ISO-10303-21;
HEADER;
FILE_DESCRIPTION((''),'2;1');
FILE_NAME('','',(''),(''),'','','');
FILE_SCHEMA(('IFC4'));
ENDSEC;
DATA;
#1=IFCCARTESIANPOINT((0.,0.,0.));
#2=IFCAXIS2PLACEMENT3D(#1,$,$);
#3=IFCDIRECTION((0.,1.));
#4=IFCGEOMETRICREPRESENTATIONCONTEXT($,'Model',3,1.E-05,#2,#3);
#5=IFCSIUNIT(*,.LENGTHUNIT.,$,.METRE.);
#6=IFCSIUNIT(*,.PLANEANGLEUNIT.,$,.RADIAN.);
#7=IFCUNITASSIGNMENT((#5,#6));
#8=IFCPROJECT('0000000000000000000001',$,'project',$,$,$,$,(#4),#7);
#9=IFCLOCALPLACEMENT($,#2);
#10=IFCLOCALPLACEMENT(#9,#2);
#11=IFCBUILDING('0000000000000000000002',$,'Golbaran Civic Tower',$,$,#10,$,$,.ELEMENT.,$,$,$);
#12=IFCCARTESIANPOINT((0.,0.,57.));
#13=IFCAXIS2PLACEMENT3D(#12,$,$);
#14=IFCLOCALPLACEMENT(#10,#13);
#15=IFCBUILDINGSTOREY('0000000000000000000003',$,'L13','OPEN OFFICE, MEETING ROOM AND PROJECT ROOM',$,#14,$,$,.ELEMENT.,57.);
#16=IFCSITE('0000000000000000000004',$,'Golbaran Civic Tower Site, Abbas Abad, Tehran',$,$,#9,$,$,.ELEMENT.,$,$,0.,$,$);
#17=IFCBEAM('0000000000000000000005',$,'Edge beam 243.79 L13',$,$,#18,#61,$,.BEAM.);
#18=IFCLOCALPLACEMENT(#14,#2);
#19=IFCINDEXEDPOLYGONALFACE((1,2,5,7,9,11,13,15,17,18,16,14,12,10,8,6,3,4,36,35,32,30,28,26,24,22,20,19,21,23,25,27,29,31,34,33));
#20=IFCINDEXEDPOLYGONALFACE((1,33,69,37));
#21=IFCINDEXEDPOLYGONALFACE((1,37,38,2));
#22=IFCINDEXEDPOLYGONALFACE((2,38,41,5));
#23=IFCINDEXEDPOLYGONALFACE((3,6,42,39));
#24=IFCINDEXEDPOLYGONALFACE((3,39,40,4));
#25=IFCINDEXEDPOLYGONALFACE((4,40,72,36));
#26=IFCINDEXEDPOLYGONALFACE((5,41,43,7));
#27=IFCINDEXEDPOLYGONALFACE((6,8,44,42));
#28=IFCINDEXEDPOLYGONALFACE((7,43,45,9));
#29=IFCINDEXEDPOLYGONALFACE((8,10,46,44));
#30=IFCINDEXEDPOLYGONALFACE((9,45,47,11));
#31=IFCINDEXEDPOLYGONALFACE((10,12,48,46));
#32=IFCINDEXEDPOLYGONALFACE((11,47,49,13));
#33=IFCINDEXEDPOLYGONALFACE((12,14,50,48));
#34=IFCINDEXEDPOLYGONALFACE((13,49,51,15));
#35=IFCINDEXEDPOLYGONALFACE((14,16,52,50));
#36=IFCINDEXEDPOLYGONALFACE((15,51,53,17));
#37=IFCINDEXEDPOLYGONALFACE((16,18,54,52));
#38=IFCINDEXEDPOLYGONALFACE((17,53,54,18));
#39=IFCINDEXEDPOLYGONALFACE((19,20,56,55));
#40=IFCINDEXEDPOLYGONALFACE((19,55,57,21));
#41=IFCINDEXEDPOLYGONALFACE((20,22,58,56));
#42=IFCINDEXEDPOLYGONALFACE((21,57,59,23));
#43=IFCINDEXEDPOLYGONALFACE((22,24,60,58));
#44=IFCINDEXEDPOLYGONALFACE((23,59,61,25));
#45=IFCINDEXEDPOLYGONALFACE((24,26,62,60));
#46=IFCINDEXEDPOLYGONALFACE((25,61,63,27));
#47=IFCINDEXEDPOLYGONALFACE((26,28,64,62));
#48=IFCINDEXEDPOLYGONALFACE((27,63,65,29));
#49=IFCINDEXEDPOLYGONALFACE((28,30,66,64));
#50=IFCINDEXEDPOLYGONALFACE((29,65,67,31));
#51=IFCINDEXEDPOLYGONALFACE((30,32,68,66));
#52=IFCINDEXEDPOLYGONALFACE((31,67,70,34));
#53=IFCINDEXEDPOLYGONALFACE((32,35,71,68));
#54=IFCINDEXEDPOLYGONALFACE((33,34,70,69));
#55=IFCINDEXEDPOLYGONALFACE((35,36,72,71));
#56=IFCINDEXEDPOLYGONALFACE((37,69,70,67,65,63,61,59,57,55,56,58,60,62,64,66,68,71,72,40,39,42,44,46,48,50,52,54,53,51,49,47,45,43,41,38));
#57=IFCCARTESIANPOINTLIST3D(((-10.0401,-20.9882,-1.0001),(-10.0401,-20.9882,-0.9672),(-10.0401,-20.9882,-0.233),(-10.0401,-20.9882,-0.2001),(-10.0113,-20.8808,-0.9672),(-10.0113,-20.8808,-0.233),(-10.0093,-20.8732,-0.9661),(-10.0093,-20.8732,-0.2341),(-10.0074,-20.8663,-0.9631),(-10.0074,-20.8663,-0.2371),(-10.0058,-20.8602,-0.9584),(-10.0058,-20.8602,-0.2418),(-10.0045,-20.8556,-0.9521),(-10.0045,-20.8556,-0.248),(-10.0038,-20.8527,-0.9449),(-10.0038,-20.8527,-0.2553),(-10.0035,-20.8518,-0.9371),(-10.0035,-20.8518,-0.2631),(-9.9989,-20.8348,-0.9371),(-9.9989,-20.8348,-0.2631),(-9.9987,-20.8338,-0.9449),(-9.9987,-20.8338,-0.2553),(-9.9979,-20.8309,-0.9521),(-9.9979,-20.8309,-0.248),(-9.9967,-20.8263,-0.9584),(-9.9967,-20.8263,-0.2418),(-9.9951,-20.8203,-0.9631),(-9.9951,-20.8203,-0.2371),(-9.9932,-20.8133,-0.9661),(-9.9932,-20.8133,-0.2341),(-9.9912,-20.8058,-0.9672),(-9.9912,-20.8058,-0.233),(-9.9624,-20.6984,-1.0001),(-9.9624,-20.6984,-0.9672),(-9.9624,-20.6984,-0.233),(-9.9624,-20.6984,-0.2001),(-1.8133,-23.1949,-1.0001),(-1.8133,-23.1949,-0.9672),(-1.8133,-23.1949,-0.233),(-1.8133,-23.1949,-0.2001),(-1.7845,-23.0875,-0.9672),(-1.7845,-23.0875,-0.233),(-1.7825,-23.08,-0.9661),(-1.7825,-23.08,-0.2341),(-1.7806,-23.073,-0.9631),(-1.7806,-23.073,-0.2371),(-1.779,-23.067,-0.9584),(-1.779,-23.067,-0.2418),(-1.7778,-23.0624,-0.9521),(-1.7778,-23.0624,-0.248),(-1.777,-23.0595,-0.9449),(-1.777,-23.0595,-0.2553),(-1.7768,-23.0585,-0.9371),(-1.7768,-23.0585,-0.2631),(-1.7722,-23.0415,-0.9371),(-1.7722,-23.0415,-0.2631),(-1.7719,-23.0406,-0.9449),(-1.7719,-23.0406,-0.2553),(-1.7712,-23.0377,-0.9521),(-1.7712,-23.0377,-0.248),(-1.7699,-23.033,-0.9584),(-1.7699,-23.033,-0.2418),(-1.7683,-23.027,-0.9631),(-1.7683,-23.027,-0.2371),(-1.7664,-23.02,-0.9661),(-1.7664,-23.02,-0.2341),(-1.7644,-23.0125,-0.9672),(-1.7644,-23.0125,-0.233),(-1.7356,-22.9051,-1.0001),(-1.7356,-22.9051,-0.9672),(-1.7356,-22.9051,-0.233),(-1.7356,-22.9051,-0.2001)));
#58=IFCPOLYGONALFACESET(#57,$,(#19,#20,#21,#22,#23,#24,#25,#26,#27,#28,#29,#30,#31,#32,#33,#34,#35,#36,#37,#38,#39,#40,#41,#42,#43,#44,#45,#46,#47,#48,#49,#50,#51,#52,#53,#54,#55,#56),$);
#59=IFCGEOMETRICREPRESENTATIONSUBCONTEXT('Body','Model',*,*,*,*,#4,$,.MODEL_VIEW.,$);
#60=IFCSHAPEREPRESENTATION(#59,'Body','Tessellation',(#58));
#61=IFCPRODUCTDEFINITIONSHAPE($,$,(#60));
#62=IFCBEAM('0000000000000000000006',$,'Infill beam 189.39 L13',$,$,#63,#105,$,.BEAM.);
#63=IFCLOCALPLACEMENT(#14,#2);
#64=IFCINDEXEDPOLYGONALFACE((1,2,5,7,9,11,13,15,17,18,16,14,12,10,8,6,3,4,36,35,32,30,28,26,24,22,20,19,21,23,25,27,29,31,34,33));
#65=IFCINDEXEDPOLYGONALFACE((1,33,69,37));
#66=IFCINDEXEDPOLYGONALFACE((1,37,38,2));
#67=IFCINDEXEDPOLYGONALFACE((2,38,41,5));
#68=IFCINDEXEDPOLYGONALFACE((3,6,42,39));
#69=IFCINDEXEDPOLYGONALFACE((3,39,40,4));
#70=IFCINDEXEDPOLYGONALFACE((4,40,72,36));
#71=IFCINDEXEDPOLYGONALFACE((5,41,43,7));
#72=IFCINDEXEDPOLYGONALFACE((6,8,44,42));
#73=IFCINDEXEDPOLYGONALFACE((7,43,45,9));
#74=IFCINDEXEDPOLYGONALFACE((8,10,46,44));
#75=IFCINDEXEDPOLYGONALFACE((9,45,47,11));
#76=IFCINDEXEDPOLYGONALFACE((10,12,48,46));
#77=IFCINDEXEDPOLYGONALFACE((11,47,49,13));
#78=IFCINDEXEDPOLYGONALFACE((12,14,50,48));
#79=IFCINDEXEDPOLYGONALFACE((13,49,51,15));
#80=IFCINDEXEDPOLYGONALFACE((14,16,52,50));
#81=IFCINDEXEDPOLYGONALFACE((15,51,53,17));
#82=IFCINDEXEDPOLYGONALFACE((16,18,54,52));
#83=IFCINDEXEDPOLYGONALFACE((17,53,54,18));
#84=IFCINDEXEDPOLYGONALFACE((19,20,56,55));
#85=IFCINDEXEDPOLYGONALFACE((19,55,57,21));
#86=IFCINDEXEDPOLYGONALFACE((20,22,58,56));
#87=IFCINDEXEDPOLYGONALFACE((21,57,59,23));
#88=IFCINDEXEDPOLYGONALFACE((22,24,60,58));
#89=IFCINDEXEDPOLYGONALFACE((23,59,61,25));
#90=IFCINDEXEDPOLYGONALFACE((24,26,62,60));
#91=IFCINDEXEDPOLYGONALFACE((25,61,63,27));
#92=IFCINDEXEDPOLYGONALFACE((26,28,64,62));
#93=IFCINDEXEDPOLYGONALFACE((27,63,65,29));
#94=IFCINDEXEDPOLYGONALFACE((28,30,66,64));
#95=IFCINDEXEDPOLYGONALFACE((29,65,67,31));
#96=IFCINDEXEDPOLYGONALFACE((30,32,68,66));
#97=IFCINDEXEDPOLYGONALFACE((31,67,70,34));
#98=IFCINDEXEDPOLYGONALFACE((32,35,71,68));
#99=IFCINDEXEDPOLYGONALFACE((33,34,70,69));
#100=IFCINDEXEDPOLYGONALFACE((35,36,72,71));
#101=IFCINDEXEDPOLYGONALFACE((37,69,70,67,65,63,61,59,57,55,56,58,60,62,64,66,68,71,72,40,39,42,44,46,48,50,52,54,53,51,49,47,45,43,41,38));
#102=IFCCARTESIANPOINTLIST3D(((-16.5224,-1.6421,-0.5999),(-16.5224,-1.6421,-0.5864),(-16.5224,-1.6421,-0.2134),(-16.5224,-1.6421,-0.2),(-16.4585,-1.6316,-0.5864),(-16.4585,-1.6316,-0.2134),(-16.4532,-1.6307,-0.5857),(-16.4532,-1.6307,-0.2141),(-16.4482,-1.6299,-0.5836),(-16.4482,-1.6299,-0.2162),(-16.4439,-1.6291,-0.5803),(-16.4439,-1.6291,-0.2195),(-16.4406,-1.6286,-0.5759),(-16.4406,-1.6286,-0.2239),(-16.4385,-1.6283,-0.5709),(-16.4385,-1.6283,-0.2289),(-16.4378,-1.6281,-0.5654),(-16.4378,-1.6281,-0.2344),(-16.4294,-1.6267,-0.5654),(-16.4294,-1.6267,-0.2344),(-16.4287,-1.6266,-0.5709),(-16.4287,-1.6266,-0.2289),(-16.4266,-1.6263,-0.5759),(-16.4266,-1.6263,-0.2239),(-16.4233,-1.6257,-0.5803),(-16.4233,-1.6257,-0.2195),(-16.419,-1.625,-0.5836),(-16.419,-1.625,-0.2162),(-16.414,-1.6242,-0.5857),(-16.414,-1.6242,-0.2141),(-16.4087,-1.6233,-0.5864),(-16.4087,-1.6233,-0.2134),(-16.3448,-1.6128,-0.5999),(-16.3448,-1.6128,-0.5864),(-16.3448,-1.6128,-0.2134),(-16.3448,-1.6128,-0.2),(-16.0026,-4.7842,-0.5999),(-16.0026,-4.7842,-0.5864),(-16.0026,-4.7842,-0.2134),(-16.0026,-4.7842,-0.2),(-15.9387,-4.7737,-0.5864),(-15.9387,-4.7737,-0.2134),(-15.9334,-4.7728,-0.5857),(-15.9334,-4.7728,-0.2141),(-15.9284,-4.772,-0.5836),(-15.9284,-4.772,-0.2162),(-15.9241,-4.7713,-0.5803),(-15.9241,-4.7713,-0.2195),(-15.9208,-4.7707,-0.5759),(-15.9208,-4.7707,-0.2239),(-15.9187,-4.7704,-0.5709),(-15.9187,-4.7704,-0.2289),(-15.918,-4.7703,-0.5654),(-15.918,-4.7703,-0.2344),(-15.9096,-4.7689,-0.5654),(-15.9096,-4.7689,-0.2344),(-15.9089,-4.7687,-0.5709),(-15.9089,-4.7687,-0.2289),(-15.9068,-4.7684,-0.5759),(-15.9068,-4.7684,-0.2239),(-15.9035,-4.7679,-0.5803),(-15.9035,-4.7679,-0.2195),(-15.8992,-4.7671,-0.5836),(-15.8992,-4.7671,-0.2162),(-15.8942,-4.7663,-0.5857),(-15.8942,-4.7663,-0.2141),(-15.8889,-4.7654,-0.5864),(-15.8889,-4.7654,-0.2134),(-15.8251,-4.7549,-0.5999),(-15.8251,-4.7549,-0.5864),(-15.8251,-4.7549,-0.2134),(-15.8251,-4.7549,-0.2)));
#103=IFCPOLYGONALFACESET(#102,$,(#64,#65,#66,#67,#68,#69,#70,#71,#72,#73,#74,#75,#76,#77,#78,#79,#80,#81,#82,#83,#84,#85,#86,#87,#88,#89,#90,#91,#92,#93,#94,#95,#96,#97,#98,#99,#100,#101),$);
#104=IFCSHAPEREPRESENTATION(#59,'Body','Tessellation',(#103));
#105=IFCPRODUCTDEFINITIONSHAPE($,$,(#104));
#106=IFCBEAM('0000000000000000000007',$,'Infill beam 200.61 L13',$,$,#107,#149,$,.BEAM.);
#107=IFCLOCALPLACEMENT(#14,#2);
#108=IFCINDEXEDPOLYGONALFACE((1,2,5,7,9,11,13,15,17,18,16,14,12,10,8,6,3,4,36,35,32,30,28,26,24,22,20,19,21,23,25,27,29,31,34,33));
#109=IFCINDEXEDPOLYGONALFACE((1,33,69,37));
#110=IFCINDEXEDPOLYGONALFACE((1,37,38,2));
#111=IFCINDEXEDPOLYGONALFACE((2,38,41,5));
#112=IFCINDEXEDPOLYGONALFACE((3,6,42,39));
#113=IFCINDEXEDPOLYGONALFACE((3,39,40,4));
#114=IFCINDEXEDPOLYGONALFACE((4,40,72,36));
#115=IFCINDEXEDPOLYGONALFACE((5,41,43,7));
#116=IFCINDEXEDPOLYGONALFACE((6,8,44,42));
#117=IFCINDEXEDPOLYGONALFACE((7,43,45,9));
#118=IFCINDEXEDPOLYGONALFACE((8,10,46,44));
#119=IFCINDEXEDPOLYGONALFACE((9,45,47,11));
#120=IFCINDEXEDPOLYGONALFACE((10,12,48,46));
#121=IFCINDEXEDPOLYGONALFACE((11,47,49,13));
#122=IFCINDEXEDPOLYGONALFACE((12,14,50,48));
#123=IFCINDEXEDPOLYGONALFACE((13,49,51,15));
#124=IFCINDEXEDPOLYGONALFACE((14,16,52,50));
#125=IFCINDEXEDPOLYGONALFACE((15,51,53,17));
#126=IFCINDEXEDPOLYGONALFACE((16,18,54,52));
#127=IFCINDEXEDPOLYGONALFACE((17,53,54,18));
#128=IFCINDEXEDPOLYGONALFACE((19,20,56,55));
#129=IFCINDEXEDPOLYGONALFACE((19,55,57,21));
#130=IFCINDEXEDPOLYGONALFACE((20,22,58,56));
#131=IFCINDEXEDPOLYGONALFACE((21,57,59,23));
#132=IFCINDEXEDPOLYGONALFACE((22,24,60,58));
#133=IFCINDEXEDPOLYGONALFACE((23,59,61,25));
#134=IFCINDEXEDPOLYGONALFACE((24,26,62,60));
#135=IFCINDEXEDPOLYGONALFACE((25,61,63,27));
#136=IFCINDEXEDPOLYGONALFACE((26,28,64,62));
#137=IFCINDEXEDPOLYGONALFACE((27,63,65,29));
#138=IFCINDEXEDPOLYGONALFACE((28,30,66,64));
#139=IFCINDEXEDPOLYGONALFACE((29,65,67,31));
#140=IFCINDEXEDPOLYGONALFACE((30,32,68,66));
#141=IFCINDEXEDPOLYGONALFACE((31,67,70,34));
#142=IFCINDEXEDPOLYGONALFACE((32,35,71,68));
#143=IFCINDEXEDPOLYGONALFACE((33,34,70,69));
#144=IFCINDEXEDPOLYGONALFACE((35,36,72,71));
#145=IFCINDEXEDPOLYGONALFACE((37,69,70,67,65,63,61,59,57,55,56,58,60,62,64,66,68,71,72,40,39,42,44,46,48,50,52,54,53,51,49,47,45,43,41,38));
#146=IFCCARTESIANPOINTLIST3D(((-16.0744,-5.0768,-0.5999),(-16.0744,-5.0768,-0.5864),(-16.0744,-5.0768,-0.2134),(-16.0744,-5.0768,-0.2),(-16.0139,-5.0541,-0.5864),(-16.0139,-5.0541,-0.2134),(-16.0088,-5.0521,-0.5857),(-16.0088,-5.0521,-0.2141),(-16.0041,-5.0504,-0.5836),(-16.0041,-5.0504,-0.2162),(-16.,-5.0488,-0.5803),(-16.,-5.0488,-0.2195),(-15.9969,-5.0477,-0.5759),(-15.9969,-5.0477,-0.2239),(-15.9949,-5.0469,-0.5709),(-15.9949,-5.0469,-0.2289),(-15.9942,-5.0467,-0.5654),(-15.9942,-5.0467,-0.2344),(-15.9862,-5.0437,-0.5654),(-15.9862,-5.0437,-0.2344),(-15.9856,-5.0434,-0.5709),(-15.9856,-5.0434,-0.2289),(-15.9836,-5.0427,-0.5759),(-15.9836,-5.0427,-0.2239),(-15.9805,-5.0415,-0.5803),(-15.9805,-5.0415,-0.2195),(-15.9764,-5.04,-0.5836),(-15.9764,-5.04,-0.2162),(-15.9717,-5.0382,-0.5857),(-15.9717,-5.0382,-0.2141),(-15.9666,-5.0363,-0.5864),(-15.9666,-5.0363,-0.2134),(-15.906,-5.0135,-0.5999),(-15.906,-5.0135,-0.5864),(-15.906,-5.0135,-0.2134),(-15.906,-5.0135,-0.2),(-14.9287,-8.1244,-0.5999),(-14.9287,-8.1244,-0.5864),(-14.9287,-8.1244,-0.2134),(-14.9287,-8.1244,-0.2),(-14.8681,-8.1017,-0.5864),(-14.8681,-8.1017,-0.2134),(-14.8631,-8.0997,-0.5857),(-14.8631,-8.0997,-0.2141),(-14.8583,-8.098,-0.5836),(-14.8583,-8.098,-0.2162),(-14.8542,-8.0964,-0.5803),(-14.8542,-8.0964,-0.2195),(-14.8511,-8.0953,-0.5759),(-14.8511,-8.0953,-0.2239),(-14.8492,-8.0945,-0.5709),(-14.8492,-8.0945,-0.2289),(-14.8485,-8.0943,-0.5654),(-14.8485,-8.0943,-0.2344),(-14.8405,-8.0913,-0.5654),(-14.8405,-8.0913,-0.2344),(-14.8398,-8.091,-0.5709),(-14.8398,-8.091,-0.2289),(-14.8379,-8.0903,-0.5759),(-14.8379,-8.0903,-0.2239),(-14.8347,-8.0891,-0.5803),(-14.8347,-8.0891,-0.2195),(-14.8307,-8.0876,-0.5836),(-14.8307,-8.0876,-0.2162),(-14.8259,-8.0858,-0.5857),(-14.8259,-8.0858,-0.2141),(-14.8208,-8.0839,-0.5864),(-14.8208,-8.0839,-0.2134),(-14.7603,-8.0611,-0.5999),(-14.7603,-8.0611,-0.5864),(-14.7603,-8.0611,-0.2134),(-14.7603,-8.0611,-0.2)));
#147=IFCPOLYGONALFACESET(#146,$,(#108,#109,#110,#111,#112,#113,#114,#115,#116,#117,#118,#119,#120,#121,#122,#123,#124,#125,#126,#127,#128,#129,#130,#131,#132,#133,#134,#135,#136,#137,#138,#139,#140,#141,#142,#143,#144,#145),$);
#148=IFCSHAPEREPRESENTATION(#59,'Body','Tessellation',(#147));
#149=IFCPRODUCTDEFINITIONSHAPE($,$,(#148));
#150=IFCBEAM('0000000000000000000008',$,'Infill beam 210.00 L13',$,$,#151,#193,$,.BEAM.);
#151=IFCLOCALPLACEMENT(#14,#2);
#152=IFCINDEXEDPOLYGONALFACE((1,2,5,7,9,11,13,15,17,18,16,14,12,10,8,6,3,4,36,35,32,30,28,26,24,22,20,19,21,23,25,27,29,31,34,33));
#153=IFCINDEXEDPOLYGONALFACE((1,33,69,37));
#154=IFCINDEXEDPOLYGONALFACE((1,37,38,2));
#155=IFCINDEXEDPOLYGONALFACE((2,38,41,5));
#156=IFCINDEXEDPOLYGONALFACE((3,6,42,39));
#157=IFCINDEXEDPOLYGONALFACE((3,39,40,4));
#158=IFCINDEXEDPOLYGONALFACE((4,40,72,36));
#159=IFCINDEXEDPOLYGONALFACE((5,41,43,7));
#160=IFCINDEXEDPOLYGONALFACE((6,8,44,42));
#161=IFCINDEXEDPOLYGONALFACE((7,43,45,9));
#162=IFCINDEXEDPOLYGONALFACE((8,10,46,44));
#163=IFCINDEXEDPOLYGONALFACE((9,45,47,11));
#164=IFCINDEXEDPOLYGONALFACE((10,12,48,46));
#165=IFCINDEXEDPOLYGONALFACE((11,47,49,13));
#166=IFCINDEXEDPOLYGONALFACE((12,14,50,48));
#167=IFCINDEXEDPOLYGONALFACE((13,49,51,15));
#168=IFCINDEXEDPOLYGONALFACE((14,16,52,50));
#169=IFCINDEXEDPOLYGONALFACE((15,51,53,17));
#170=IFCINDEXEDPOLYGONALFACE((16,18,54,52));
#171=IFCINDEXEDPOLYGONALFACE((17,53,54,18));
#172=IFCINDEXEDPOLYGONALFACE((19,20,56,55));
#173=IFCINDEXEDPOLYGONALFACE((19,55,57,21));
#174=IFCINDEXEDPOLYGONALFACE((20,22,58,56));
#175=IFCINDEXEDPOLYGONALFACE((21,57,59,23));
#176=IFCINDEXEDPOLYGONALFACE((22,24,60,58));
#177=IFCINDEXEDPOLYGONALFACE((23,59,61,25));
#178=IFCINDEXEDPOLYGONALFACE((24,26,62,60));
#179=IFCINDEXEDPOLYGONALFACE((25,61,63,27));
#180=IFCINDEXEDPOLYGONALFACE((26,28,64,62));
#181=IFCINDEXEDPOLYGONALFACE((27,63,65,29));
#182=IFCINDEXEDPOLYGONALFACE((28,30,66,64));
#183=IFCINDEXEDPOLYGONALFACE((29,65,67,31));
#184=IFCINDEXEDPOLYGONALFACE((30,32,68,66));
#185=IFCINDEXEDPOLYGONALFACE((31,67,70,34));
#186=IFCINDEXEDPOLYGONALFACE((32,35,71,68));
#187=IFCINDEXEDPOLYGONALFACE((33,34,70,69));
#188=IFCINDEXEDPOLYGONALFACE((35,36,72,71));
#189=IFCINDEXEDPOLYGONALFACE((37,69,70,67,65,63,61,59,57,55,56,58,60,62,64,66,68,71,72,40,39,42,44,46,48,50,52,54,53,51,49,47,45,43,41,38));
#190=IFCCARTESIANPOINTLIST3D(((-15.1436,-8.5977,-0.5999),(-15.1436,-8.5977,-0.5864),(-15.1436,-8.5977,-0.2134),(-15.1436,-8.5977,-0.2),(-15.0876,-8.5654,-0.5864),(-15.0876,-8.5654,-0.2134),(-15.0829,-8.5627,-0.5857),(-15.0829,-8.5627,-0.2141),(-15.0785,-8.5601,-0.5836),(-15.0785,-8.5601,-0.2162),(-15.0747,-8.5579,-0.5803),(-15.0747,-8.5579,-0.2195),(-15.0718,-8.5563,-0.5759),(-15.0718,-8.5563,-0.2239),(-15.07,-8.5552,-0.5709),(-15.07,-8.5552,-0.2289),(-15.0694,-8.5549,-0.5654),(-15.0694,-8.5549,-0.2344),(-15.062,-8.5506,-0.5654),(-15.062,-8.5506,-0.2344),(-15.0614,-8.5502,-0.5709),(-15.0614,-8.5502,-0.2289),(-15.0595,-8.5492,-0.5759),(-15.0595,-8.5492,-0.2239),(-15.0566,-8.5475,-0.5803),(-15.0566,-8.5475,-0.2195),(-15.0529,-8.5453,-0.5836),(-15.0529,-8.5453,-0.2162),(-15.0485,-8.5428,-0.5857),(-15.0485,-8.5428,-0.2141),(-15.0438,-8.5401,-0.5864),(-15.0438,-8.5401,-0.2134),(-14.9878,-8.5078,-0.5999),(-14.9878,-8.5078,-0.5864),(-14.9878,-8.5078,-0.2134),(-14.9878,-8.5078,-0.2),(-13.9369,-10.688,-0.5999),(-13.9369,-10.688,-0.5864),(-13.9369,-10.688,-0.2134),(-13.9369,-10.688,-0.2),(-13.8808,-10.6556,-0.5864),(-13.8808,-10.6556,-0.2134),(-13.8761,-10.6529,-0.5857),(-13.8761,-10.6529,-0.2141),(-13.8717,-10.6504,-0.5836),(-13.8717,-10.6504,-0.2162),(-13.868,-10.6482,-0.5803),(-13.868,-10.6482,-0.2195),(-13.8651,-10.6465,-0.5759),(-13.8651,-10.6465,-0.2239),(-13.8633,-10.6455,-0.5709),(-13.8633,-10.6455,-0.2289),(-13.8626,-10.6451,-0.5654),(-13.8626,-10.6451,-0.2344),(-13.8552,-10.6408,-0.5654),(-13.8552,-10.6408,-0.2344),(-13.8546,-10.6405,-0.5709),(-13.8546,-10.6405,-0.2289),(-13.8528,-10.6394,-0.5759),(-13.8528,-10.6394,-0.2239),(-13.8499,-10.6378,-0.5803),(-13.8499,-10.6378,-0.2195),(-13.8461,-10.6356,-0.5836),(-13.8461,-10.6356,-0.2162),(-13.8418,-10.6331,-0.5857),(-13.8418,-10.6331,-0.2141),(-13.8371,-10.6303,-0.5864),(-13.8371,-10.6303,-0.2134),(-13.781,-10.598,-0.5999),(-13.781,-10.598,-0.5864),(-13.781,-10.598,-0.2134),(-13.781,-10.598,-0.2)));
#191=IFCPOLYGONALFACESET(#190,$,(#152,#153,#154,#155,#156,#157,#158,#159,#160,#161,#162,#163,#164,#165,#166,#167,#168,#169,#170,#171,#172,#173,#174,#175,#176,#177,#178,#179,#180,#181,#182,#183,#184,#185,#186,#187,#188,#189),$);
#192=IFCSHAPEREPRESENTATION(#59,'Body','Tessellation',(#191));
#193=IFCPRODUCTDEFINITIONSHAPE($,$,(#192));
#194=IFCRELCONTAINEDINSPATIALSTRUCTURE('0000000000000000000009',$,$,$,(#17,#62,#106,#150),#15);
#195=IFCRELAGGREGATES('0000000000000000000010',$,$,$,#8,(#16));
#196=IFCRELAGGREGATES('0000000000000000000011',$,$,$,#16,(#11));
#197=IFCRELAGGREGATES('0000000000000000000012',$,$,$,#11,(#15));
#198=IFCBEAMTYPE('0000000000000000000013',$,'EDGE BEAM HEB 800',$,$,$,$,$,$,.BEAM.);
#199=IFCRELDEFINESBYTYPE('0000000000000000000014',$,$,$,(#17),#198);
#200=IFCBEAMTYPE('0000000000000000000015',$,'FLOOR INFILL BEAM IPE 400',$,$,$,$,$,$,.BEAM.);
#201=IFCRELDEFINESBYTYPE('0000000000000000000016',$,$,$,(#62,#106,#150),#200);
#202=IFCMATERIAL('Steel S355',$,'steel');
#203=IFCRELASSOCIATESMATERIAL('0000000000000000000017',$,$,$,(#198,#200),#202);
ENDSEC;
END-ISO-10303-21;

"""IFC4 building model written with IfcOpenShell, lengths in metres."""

from ifc_helpers import new_model, si_unit, direction, frame, origin, origin_2d, place, context, subcontext, project, spatial, i_section, extrude, material, material_profile, profile_set, type_object, element, save


model = new_model("IFC4")

# Units and contexts
model_context = context("Model", 3, precision=1e-05, world=origin(), true_north=direction((0.0, 1.0)))
body_context = subcontext(model_context, "Body", "Model", "MODEL_VIEW")
ifc_project = project(units=[si_unit("LENGTHUNIT", "METRE"), si_unit("PLANEANGLEUNIT", "RADIAN")], contexts=[model_context])

# Site, building, storey
site_placement = place(None, origin())
site = spatial("IfcSite", under=ifc_project, at=site_placement, Name="Golbaran Civic Tower Site, Abbas Abad, Tehran", CompositionType="ELEMENT", RefElevation=0.0)
building_placement = place(site_placement, origin())
building = spatial("IfcBuilding", under=site, at=building_placement, Name="Golbaran Civic Tower", CompositionType="ELEMENT")
storey_placement = place(building_placement, frame((0.0, 0.0, 57.0)))
storey = spatial("IfcBuildingStorey", under=building, at=storey_placement, Name="L13", Description="OPEN OFFICE, MEETING ROOM AND PROJECT ROOM", CompositionType="ELEMENT", Elevation=57.0)

# Beams
ifc_material_1 = material(Name="Steel S355", Category="steel")
ifc_material_profile_1 = material_profile(ifc_material_1, i_section(OverallWidth=0.3, OverallDepth=0.8, WebThickness=0.0176, FlangeThickness=0.033, FilletRadius=0.03, at=origin_2d()), Name="HEB 800")
ifc_profile_set_1 = profile_set([ifc_material_profile_1], Name="Steel S355")
beam_type_1 = type_object("IfcBeamType", Name="EDGE BEAM HEB 800", PredefinedType="BEAM", material=ifc_profile_set_1)
beam_1_placement = place(storey_placement, frame((-10.0012, -20.8433, -0.6001), z_axis=(0.965855, -0.259084, 0.0), x_axis=(0.259084, 0.965855, 0.0)))
element("IfcBeam", 1, at=beam_1_placement, inside=storey, type_object=beam_type_1, Name="Edge beam 243.79 L13", PredefinedType="BEAM", context=body_context, shape_type="SweptSolid", body=[
    extrude(i_section(OverallWidth=0.3, OverallDepth=0.8, WebThickness=0.0176, FlangeThickness=0.033, FilletRadius=0.03, at=origin_2d()), origin(), (0.0, 0.0, 1.0), 8.5176),
])
ifc_material_profile_2 = material_profile(ifc_material_1, i_section(OverallWidth=0.1799, OverallDepth=0.3999, WebThickness=0.0085, FlangeThickness=0.0134, FilletRadius=0.021, at=origin_2d()), Name="IPE 400")
ifc_profile_set_2 = profile_set([ifc_material_profile_2], Name="Steel S355")
beam_type_2 = type_object("IfcBeamType", Name="FLOOR INFILL BEAM IPE 400", PredefinedType="BEAM", material=ifc_profile_set_2)
beam_2_placement = place(storey_placement, frame((-16.4336, -1.6274, -0.3999), z_axis=(0.163205, -0.986592, 0.0), x_axis=(0.986592, 0.163205, 0.0)))
element("IfcBeam", 2, at=beam_2_placement, inside=storey, type_object=beam_type_2, Name="Infill beam 189.39 L13", PredefinedType="BEAM", context=body_context, shape_type="SweptSolid", body=[
    extrude(i_section(OverallWidth=0.1799, OverallDepth=0.3999, WebThickness=0.0085, FlangeThickness=0.0134, FilletRadius=0.021, at=origin_2d()), origin(), (0.0, 0.0, 1.0), 3.1848),
])
beam_3_placement = place(storey_placement, frame((-15.9902, -5.0452, -0.3999), z_axis=(0.351904, -0.936036, 0.0), x_axis=(0.936036, 0.351904, 0.0)))
element("IfcBeam", 3, at=beam_3_placement, inside=storey, type_object=beam_type_2, Name="Infill beam 200.61 L13", PredefinedType="BEAM", context=body_context, shape_type="SweptSolid", body=[
    extrude(i_section(OverallWidth=0.1799, OverallDepth=0.3999, WebThickness=0.0085, FlangeThickness=0.0134, FilletRadius=0.021, at=origin_2d()), origin(), (0.0, 0.0, 1.0), 3.2559),
])
beam_4_placement = place(storey_placement, frame((-15.0657, -8.5527, -0.3999), z_axis=(0.499979, -0.866037, 0.0), x_axis=(0.866037, 0.499979, 0.0)))
element("IfcBeam", 4, at=beam_4_placement, inside=storey, type_object=beam_type_2, Name="Infill beam 210.00 L13", PredefinedType="BEAM", context=body_context, shape_type="SweptSolid", body=[
    extrude(i_section(OverallWidth=0.1799, OverallDepth=0.3999, WebThickness=0.0085, FlangeThickness=0.0134, FilletRadius=0.021, at=origin_2d()), origin(), (0.0, 0.0, 1.0), 2.4136),
])

save(model, "model.ifc")
